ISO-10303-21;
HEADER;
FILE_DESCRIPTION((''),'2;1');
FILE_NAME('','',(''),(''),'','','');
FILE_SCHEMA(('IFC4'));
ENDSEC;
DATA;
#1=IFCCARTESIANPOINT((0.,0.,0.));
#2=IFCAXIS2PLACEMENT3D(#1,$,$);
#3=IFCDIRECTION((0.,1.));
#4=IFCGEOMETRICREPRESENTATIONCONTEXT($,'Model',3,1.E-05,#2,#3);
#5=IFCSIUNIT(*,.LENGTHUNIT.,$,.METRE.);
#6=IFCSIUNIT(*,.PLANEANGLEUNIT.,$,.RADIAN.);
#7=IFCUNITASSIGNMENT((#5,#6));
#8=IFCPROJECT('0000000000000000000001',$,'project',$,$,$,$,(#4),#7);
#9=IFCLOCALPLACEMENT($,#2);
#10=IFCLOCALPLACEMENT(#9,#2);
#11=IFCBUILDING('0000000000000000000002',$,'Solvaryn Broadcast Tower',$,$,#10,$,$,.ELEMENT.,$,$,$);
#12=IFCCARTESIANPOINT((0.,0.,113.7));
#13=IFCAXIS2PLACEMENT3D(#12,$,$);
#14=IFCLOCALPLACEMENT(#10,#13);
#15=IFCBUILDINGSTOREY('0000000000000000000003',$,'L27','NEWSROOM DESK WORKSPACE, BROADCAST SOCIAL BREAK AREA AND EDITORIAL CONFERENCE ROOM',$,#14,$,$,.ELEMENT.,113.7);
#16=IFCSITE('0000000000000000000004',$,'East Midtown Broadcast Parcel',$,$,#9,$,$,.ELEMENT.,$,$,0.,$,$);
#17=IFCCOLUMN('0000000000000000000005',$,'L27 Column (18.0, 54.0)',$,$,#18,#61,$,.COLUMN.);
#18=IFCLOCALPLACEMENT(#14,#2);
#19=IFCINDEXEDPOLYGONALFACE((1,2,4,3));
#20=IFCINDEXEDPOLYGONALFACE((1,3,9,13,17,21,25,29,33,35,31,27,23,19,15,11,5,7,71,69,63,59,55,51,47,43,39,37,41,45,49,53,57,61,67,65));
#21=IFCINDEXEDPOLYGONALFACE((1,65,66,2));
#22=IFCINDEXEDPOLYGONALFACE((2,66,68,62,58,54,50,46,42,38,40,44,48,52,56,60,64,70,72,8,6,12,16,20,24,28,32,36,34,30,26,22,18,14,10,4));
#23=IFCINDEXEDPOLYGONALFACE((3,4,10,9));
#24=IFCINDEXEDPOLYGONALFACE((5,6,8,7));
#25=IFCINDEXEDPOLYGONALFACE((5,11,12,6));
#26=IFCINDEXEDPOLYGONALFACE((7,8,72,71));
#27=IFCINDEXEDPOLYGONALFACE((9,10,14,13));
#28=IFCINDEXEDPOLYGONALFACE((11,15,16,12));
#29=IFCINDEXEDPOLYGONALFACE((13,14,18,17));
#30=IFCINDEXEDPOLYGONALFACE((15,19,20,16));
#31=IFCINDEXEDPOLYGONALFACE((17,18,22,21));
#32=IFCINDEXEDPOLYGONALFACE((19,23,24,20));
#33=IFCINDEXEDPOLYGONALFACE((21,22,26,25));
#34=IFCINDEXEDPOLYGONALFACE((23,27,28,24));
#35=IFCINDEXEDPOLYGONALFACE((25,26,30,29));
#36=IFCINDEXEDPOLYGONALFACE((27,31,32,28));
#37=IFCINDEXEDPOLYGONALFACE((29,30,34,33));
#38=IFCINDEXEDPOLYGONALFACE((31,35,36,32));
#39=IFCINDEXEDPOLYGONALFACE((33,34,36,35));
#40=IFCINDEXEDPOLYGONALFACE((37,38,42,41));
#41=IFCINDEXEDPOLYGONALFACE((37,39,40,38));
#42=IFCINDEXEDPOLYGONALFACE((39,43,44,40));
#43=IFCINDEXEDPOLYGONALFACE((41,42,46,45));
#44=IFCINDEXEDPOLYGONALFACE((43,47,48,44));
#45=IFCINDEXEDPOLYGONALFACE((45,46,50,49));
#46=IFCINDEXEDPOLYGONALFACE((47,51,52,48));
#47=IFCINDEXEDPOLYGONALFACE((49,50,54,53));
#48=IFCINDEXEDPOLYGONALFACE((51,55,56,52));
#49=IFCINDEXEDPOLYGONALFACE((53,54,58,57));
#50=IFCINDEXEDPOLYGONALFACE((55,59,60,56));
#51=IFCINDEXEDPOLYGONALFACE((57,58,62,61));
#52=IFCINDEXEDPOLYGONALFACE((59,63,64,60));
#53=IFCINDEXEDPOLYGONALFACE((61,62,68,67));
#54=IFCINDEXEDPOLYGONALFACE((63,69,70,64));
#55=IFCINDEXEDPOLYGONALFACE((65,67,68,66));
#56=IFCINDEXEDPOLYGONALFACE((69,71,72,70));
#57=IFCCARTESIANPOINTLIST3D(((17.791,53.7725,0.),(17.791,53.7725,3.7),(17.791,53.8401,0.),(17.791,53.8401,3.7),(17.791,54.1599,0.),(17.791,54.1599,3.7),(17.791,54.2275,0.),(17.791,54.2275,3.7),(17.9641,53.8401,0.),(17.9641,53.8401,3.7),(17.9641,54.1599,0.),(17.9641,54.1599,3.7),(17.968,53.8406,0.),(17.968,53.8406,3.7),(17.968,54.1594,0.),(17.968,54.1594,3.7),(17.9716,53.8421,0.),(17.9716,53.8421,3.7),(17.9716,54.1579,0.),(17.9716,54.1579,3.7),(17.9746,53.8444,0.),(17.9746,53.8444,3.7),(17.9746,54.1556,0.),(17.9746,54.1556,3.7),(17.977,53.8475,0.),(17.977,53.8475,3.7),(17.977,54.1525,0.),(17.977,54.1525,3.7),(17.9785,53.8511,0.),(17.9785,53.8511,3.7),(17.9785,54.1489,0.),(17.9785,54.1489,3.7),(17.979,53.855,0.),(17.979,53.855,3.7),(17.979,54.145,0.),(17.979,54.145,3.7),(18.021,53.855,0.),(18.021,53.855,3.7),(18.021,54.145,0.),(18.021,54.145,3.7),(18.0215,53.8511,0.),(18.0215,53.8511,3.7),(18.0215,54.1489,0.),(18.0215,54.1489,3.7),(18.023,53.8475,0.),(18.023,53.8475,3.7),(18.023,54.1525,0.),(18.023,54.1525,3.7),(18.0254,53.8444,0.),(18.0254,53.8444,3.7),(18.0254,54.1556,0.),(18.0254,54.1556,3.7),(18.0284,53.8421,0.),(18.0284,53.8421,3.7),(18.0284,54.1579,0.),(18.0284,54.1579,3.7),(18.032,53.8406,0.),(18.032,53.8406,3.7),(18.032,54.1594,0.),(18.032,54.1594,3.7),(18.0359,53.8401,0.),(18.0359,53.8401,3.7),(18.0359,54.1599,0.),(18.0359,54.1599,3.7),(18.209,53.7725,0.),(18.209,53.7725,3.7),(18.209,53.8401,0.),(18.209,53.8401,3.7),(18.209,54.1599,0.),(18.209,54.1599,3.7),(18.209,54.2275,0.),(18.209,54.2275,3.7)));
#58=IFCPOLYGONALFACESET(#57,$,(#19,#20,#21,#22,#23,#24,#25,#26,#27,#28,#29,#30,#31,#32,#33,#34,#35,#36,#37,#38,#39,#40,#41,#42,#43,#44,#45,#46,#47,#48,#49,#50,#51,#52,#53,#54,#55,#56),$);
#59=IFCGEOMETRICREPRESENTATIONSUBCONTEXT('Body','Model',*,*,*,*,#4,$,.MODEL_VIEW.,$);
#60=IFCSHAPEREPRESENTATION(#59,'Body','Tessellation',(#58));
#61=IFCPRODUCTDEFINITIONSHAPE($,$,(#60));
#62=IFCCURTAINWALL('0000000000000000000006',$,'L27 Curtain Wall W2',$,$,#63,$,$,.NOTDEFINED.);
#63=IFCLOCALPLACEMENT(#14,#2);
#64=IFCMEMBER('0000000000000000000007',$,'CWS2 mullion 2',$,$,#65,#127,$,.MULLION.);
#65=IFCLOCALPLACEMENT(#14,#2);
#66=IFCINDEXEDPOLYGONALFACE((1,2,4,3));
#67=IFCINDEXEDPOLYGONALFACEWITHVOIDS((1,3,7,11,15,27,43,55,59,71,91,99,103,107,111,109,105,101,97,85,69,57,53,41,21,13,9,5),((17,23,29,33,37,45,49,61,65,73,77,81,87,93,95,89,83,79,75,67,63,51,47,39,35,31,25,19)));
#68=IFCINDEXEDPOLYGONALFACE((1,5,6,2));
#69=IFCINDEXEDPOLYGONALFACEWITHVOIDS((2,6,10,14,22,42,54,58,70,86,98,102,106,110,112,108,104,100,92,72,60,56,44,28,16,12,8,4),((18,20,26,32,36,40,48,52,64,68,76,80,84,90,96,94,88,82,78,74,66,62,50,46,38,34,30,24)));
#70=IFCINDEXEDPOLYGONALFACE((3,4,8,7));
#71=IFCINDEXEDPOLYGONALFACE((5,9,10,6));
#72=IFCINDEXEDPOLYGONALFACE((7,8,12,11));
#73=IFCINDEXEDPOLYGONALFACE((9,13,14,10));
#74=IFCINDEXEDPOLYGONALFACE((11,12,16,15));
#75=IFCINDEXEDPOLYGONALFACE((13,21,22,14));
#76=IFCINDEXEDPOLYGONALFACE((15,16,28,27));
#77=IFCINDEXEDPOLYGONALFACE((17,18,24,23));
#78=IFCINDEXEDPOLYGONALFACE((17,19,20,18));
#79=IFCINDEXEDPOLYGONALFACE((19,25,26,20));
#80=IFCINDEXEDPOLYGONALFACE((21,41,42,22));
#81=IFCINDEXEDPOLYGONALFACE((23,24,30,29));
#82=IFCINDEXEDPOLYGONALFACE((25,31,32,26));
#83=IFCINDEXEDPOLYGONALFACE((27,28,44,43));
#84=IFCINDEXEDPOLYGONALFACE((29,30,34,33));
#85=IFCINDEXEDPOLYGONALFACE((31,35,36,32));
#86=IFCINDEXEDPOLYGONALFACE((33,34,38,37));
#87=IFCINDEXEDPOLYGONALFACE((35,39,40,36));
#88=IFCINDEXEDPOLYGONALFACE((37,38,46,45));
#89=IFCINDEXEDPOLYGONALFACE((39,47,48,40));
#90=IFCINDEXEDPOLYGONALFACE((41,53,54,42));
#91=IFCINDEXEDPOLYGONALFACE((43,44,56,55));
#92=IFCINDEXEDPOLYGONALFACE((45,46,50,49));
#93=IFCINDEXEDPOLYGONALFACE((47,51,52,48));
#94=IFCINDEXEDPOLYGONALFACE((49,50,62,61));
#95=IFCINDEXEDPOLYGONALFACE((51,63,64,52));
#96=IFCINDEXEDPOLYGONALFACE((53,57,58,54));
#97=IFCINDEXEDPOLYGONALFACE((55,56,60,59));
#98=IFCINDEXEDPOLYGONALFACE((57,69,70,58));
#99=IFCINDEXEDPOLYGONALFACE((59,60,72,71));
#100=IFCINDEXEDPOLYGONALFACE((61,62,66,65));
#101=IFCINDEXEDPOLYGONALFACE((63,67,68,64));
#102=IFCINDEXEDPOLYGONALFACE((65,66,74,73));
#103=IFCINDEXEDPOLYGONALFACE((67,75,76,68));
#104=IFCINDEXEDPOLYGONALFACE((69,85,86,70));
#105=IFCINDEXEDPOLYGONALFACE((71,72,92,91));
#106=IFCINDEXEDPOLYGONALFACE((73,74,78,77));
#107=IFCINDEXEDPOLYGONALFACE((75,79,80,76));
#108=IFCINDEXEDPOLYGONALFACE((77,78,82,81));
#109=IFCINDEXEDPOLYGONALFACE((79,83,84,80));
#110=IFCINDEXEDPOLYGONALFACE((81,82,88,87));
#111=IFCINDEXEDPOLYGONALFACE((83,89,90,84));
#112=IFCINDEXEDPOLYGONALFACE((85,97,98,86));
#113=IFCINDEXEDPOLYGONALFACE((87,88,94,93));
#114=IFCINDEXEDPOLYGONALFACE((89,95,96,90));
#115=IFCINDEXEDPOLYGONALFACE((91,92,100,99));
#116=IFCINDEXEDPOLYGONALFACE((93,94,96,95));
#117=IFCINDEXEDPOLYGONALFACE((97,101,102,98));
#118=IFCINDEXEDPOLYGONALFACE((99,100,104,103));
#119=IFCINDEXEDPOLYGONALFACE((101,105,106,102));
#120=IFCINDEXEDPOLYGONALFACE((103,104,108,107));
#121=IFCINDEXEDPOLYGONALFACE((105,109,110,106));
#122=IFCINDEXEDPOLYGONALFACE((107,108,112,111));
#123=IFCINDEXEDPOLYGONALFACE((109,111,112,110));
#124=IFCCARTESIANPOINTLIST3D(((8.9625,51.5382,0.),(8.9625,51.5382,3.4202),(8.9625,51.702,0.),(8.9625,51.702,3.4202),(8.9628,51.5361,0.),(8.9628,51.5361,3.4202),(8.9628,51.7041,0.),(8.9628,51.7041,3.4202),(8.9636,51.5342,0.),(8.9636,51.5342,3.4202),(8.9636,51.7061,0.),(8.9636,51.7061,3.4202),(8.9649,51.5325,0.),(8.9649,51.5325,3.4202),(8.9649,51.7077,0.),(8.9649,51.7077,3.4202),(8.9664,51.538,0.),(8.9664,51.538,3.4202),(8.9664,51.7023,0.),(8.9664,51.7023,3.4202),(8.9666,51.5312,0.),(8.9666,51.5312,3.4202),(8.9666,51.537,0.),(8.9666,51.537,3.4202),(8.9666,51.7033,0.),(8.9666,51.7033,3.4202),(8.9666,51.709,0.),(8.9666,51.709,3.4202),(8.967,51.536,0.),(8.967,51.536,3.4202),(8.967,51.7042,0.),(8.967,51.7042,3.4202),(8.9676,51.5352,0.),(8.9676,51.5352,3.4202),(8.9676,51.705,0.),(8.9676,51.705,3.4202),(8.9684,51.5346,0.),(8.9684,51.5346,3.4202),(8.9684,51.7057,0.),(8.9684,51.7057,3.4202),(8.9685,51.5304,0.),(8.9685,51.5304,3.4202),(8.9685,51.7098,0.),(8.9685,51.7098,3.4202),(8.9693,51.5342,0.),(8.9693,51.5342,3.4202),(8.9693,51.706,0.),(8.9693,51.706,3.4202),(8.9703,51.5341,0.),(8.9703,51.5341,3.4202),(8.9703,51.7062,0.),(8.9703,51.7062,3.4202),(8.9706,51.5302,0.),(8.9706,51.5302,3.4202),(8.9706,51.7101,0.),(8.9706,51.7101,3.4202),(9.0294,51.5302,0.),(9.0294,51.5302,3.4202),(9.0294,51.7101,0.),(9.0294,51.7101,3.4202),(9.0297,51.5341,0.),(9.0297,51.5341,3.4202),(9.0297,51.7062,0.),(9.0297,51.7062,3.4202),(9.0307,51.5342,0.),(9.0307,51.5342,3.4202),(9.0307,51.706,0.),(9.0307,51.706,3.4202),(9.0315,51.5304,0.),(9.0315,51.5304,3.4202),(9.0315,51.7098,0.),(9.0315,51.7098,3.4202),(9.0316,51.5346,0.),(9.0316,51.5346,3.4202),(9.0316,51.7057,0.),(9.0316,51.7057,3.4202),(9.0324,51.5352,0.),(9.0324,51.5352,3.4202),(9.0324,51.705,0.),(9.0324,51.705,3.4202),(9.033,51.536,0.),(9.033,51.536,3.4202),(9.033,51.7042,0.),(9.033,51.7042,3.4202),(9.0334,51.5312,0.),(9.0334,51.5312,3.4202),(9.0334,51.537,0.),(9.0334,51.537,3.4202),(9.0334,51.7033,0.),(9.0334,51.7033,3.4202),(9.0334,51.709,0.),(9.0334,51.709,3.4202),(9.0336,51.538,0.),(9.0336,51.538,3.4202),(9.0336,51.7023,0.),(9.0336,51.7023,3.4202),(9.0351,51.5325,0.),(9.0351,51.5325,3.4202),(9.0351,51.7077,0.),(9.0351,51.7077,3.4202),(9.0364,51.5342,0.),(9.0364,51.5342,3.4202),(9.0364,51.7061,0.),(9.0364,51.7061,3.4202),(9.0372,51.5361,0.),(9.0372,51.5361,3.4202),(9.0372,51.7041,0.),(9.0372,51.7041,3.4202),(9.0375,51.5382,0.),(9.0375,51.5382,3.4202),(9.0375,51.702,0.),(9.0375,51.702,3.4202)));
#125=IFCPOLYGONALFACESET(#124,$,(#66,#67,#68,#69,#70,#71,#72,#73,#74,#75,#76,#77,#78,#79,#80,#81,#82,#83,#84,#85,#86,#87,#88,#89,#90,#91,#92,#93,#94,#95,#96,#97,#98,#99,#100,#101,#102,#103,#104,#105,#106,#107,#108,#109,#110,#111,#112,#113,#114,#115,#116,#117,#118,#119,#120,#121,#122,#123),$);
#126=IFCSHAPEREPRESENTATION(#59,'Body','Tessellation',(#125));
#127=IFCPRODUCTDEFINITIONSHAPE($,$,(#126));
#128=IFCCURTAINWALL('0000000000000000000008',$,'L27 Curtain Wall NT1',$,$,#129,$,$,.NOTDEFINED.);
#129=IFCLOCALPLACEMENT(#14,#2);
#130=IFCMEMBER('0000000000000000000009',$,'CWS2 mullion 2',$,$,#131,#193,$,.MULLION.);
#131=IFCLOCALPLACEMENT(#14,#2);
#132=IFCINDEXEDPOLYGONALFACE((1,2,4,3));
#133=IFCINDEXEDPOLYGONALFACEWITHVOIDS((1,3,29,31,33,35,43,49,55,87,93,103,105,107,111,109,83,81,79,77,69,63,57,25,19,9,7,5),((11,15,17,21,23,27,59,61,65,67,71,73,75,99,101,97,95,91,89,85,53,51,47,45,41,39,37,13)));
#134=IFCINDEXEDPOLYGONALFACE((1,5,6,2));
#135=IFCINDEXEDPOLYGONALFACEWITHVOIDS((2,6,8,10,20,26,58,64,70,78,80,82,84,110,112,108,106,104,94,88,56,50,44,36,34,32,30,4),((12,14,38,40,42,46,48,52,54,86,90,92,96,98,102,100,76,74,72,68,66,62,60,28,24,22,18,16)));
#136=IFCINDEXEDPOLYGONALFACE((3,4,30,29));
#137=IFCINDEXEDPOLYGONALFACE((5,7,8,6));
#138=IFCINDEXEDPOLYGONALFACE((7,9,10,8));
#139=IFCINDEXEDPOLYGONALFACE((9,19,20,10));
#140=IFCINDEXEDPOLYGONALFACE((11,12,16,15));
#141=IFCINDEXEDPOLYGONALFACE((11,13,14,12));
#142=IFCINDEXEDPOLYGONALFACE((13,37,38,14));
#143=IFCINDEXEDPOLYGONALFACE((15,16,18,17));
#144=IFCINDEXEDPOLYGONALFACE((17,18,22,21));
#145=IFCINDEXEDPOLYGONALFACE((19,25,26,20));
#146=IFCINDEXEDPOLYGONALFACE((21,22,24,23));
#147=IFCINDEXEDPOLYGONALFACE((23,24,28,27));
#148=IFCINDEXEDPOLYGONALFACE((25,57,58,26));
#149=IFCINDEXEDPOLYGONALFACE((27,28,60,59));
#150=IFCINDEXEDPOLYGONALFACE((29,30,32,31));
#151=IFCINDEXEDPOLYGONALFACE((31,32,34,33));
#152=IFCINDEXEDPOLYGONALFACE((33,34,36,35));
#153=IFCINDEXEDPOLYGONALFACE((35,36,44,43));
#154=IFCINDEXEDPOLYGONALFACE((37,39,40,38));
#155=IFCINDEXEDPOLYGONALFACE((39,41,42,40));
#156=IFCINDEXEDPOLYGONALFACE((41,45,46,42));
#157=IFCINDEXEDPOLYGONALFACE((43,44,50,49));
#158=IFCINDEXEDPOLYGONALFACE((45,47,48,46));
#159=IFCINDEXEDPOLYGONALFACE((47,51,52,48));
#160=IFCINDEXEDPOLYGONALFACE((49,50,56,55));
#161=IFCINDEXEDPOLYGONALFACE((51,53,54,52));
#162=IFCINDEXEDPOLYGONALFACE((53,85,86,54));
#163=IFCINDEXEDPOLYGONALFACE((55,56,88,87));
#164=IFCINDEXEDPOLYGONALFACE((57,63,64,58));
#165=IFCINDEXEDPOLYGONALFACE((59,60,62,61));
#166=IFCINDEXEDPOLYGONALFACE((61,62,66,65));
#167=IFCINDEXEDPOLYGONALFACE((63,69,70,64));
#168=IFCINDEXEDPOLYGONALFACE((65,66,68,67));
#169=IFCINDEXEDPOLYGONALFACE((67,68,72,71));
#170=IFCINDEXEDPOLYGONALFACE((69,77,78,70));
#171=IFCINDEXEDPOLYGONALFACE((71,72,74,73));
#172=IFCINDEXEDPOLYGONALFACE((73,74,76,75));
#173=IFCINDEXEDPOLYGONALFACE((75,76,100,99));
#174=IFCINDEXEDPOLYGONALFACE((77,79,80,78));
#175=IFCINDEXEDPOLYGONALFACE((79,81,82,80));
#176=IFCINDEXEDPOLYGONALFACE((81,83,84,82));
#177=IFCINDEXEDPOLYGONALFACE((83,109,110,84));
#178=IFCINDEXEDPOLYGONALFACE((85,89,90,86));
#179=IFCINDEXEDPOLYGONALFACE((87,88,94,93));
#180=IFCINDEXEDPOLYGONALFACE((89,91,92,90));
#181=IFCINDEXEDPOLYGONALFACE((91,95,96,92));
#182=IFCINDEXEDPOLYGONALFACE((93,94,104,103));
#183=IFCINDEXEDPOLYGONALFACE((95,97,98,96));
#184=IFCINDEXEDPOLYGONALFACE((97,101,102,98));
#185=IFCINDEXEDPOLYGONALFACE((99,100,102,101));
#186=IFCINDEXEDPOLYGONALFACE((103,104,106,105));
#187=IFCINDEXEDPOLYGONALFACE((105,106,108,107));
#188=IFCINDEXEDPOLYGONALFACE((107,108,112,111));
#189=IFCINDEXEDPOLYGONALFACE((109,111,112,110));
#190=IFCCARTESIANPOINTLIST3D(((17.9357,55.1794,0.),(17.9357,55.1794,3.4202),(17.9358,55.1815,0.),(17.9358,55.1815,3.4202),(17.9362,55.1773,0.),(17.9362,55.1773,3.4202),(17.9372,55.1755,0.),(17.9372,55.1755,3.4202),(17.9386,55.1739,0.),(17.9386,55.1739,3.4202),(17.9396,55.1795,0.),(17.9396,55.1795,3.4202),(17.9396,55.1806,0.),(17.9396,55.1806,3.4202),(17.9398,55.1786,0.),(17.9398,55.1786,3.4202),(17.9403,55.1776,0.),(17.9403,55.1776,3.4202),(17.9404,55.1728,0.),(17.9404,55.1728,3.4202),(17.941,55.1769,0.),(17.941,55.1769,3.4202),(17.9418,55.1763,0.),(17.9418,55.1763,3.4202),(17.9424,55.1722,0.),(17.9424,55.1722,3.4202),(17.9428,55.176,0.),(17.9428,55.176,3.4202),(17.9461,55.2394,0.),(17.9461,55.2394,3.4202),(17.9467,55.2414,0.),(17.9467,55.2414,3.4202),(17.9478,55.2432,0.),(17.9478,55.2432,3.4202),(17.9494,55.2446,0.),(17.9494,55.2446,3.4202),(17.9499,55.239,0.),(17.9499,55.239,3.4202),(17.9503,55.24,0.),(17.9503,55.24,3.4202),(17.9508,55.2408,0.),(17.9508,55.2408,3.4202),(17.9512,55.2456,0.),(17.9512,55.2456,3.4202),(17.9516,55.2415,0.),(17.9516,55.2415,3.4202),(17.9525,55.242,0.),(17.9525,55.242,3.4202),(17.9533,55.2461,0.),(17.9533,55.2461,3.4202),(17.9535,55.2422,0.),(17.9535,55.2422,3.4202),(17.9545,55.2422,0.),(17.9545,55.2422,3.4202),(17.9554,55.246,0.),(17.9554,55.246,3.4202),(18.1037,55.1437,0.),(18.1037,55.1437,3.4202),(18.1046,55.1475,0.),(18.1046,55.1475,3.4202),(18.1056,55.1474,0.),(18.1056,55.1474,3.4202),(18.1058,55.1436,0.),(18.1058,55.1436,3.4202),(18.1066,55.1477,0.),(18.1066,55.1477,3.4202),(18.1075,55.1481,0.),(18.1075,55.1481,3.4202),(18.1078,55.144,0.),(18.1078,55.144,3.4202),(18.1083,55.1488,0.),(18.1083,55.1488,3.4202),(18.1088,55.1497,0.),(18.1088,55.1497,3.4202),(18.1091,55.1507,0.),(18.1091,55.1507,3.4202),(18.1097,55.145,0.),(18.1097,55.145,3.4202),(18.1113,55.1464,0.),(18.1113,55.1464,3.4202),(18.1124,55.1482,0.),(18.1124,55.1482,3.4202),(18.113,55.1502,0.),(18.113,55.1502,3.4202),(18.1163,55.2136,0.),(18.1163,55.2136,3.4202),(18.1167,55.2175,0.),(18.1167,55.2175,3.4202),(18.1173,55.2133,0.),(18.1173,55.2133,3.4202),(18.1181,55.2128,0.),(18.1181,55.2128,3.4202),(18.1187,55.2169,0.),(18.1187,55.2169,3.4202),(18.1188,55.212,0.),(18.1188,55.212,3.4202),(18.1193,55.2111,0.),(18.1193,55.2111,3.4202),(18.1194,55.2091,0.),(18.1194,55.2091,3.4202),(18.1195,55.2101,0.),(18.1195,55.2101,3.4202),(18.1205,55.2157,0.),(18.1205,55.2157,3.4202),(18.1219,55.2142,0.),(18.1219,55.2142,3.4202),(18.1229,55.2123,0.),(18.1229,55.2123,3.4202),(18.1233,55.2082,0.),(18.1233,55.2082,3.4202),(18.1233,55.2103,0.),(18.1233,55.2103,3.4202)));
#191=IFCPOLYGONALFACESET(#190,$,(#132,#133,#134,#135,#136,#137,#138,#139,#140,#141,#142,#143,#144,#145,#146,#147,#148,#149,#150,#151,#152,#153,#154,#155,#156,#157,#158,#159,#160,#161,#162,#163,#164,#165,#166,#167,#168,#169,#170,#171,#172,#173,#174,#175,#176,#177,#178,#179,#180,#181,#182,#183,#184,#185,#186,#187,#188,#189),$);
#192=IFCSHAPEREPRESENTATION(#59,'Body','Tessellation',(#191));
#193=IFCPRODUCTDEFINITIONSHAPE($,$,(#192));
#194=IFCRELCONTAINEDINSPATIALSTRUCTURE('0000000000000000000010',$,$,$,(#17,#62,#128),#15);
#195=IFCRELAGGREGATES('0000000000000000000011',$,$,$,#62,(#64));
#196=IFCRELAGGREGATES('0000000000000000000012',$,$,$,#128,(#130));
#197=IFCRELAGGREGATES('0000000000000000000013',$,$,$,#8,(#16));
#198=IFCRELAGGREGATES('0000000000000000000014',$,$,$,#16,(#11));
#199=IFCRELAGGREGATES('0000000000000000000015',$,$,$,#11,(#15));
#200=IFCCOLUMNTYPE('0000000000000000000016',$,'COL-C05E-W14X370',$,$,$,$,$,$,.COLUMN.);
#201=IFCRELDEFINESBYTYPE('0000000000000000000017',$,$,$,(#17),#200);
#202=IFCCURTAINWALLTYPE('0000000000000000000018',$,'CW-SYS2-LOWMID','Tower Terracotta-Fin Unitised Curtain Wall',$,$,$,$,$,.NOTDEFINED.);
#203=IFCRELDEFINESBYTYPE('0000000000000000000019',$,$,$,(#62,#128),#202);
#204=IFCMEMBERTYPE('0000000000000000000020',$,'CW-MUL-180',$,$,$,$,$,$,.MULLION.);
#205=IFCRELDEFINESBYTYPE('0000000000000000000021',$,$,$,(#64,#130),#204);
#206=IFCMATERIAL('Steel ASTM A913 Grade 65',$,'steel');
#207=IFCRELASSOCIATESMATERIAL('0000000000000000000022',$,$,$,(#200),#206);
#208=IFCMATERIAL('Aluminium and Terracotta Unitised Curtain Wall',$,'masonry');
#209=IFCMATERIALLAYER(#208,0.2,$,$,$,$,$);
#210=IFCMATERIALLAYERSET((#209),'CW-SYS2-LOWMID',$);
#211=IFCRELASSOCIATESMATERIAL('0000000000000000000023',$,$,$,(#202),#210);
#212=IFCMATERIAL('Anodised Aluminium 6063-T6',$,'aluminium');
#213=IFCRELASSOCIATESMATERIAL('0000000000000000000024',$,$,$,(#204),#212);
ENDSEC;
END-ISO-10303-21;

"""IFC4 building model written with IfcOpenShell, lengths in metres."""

from ifc_helpers import new_model, si_unit, direction, frame, origin, origin_2d, place, context, subcontext, project, spatial, hollow_rectangle, i_section, extrude, material, layer, layer_set, material_profile, profile_set, type_object, element, aggregate, save


model = new_model("IFC4")

# Units and contexts
model_context = context("Model", 3, precision=1e-05, world=origin(), true_north=direction((0.0, 1.0)))
body_context = subcontext(model_context, "Body", "Model", "MODEL_VIEW")
ifc_project = project(units=[si_unit("LENGTHUNIT", "METRE"), si_unit("PLANEANGLEUNIT", "RADIAN")], contexts=[model_context])

# Site, building, storey
site_placement = place(None, origin())
site = spatial("IfcSite", under=ifc_project, at=site_placement, Name="East Midtown Broadcast Parcel", CompositionType="ELEMENT", RefElevation=0.0)
building_placement = place(site_placement, origin())
building = spatial("IfcBuilding", under=site, at=building_placement, Name="Solvaryn Broadcast Tower", CompositionType="ELEMENT")
storey_placement = place(building_placement, frame((0.0, 0.0, 113.7)))
storey = spatial("IfcBuildingStorey", under=building, at=storey_placement, Name="L27", Description="NEWSROOM DESK WORKSPACE, BROADCAST SOCIAL BREAK AREA AND EDITORIAL CONFERENCE ROOM", CompositionType="ELEMENT", Elevation=113.7)

# Column
ifc_material_1 = material(Name="Steel ASTM A913 Grade 65", Category="steel")
ifc_material_profile_1 = material_profile(ifc_material_1, i_section(OverallWidth=0.418, OverallDepth=0.4551, WebThickness=0.042, FlangeThickness=0.0676, FilletRadius=0.0149, at=origin_2d()))
ifc_profile_set_1 = profile_set([ifc_material_profile_1], Name="Steel ASTM A913 Grade 65")
column_type = type_object("IfcColumnType", Name="COL-C05E-W14X370", PredefinedType="COLUMN", material=ifc_profile_set_1)
column_placement = place(storey_placement, frame((18.0, 54.0, 0.0), z_axis=(0.0, 0.0, 1.0), x_axis=(1.0, 0.0, 0.0)))
element("IfcColumn", 1, at=column_placement, inside=storey, type_object=column_type, Name="L27 Column (18.0, 54.0)", PredefinedType="COLUMN", context=body_context, shape_type="SweptSolid", body=[
    extrude(i_section(OverallWidth=0.418, OverallDepth=0.4551, WebThickness=0.042, FlangeThickness=0.0676, FilletRadius=0.0149, at=origin_2d()), origin(), (0.0, 0.0, 1.0), 3.7),
])

# Curtain walls, members
ifc_material_2 = material(Name="Aluminium and Terracotta Unitised Curtain Wall", Category="masonry")
ifc_layer_1 = layer(ifc_material_2, 0.2)
ifc_layer_set_1 = layer_set([ifc_layer_1], Name="CW-SYS2-LOWMID")
curtain_wall_type = type_object("IfcCurtainWallType", Name="CW-SYS2-LOWMID", Description="Tower Terracotta-Fin Unitised Curtain Wall", PredefinedType="NOTDEFINED", material=ifc_layer_set_1)
curtain_wall_1_placement = place(storey_placement, origin())
curtain_wall_1 = element("IfcCurtainWall", 2, at=curtain_wall_1_placement, inside=storey, type_object=curtain_wall_type, Name="L27 Curtain Wall W2", PredefinedType="NOTDEFINED")
ifc_material_3 = material(Name="Anodised Aluminium 6063-T6", Category="aluminium")
ifc_material_profile_2 = material_profile(ifc_material_3, hollow_rectangle(XDim=0.075, YDim=0.1799, WallThickness=0.0039, InnerFilletRadius=0.0039, OuterFilletRadius=0.0081, at=origin_2d()))
ifc_profile_set_2 = profile_set([ifc_material_profile_2], Name="Anodised Aluminium 6063-T6")
member_type_1 = type_object("IfcMemberType", Name="CW-MUL-180", PredefinedType="MULLION", material=ifc_profile_set_2)
member_1_placement = place(storey_placement, frame((9.0, 51.6201, 0.0), z_axis=(0.0, 0.0, 1.0), x_axis=(-1.0, 0.0, 0.0)))
member_1 = element("IfcMember", 3, at=member_1_placement, type_object=member_type_1, Name="CWS2 mullion 2", PredefinedType="MULLION", context=body_context, shape_type="SweptSolid", body=[
    extrude(hollow_rectangle(XDim=0.075, YDim=0.1799, WallThickness=0.0039, InnerFilletRadius=0.0039, OuterFilletRadius=0.0081, at=origin_2d()), origin(), (0.0, 0.0, 1.0), 3.4202),
])
curtain_wall_2_placement = place(storey_placement, origin())
curtain_wall_2 = element("IfcCurtainWall", 4, at=curtain_wall_2_placement, inside=storey, type_object=curtain_wall_type, Name="L27 Curtain Wall NT1", PredefinedType="NOTDEFINED")
member_2_placement = place(storey_placement, frame((18.0295, 55.1948, 0.0), z_axis=(0.0, 0.0, 1.0), x_axis=(-0.173785, -0.984784, 0.0)))
member_2 = element("IfcMember", 5, at=member_2_placement, type_object=member_type_1, Name="CWS2 mullion 2", PredefinedType="MULLION", context=body_context, shape_type="SweptSolid", body=[
    extrude(hollow_rectangle(XDim=0.075, YDim=0.1799, WallThickness=0.0039, InnerFilletRadius=0.0039, OuterFilletRadius=0.0081, at=origin_2d()), origin(), (0.0, 0.0, 1.0), 3.4202),
])

aggregate(curtain_wall_1, [member_1])
aggregate(curtain_wall_2, [member_2])

save(model, "model.ifc")
